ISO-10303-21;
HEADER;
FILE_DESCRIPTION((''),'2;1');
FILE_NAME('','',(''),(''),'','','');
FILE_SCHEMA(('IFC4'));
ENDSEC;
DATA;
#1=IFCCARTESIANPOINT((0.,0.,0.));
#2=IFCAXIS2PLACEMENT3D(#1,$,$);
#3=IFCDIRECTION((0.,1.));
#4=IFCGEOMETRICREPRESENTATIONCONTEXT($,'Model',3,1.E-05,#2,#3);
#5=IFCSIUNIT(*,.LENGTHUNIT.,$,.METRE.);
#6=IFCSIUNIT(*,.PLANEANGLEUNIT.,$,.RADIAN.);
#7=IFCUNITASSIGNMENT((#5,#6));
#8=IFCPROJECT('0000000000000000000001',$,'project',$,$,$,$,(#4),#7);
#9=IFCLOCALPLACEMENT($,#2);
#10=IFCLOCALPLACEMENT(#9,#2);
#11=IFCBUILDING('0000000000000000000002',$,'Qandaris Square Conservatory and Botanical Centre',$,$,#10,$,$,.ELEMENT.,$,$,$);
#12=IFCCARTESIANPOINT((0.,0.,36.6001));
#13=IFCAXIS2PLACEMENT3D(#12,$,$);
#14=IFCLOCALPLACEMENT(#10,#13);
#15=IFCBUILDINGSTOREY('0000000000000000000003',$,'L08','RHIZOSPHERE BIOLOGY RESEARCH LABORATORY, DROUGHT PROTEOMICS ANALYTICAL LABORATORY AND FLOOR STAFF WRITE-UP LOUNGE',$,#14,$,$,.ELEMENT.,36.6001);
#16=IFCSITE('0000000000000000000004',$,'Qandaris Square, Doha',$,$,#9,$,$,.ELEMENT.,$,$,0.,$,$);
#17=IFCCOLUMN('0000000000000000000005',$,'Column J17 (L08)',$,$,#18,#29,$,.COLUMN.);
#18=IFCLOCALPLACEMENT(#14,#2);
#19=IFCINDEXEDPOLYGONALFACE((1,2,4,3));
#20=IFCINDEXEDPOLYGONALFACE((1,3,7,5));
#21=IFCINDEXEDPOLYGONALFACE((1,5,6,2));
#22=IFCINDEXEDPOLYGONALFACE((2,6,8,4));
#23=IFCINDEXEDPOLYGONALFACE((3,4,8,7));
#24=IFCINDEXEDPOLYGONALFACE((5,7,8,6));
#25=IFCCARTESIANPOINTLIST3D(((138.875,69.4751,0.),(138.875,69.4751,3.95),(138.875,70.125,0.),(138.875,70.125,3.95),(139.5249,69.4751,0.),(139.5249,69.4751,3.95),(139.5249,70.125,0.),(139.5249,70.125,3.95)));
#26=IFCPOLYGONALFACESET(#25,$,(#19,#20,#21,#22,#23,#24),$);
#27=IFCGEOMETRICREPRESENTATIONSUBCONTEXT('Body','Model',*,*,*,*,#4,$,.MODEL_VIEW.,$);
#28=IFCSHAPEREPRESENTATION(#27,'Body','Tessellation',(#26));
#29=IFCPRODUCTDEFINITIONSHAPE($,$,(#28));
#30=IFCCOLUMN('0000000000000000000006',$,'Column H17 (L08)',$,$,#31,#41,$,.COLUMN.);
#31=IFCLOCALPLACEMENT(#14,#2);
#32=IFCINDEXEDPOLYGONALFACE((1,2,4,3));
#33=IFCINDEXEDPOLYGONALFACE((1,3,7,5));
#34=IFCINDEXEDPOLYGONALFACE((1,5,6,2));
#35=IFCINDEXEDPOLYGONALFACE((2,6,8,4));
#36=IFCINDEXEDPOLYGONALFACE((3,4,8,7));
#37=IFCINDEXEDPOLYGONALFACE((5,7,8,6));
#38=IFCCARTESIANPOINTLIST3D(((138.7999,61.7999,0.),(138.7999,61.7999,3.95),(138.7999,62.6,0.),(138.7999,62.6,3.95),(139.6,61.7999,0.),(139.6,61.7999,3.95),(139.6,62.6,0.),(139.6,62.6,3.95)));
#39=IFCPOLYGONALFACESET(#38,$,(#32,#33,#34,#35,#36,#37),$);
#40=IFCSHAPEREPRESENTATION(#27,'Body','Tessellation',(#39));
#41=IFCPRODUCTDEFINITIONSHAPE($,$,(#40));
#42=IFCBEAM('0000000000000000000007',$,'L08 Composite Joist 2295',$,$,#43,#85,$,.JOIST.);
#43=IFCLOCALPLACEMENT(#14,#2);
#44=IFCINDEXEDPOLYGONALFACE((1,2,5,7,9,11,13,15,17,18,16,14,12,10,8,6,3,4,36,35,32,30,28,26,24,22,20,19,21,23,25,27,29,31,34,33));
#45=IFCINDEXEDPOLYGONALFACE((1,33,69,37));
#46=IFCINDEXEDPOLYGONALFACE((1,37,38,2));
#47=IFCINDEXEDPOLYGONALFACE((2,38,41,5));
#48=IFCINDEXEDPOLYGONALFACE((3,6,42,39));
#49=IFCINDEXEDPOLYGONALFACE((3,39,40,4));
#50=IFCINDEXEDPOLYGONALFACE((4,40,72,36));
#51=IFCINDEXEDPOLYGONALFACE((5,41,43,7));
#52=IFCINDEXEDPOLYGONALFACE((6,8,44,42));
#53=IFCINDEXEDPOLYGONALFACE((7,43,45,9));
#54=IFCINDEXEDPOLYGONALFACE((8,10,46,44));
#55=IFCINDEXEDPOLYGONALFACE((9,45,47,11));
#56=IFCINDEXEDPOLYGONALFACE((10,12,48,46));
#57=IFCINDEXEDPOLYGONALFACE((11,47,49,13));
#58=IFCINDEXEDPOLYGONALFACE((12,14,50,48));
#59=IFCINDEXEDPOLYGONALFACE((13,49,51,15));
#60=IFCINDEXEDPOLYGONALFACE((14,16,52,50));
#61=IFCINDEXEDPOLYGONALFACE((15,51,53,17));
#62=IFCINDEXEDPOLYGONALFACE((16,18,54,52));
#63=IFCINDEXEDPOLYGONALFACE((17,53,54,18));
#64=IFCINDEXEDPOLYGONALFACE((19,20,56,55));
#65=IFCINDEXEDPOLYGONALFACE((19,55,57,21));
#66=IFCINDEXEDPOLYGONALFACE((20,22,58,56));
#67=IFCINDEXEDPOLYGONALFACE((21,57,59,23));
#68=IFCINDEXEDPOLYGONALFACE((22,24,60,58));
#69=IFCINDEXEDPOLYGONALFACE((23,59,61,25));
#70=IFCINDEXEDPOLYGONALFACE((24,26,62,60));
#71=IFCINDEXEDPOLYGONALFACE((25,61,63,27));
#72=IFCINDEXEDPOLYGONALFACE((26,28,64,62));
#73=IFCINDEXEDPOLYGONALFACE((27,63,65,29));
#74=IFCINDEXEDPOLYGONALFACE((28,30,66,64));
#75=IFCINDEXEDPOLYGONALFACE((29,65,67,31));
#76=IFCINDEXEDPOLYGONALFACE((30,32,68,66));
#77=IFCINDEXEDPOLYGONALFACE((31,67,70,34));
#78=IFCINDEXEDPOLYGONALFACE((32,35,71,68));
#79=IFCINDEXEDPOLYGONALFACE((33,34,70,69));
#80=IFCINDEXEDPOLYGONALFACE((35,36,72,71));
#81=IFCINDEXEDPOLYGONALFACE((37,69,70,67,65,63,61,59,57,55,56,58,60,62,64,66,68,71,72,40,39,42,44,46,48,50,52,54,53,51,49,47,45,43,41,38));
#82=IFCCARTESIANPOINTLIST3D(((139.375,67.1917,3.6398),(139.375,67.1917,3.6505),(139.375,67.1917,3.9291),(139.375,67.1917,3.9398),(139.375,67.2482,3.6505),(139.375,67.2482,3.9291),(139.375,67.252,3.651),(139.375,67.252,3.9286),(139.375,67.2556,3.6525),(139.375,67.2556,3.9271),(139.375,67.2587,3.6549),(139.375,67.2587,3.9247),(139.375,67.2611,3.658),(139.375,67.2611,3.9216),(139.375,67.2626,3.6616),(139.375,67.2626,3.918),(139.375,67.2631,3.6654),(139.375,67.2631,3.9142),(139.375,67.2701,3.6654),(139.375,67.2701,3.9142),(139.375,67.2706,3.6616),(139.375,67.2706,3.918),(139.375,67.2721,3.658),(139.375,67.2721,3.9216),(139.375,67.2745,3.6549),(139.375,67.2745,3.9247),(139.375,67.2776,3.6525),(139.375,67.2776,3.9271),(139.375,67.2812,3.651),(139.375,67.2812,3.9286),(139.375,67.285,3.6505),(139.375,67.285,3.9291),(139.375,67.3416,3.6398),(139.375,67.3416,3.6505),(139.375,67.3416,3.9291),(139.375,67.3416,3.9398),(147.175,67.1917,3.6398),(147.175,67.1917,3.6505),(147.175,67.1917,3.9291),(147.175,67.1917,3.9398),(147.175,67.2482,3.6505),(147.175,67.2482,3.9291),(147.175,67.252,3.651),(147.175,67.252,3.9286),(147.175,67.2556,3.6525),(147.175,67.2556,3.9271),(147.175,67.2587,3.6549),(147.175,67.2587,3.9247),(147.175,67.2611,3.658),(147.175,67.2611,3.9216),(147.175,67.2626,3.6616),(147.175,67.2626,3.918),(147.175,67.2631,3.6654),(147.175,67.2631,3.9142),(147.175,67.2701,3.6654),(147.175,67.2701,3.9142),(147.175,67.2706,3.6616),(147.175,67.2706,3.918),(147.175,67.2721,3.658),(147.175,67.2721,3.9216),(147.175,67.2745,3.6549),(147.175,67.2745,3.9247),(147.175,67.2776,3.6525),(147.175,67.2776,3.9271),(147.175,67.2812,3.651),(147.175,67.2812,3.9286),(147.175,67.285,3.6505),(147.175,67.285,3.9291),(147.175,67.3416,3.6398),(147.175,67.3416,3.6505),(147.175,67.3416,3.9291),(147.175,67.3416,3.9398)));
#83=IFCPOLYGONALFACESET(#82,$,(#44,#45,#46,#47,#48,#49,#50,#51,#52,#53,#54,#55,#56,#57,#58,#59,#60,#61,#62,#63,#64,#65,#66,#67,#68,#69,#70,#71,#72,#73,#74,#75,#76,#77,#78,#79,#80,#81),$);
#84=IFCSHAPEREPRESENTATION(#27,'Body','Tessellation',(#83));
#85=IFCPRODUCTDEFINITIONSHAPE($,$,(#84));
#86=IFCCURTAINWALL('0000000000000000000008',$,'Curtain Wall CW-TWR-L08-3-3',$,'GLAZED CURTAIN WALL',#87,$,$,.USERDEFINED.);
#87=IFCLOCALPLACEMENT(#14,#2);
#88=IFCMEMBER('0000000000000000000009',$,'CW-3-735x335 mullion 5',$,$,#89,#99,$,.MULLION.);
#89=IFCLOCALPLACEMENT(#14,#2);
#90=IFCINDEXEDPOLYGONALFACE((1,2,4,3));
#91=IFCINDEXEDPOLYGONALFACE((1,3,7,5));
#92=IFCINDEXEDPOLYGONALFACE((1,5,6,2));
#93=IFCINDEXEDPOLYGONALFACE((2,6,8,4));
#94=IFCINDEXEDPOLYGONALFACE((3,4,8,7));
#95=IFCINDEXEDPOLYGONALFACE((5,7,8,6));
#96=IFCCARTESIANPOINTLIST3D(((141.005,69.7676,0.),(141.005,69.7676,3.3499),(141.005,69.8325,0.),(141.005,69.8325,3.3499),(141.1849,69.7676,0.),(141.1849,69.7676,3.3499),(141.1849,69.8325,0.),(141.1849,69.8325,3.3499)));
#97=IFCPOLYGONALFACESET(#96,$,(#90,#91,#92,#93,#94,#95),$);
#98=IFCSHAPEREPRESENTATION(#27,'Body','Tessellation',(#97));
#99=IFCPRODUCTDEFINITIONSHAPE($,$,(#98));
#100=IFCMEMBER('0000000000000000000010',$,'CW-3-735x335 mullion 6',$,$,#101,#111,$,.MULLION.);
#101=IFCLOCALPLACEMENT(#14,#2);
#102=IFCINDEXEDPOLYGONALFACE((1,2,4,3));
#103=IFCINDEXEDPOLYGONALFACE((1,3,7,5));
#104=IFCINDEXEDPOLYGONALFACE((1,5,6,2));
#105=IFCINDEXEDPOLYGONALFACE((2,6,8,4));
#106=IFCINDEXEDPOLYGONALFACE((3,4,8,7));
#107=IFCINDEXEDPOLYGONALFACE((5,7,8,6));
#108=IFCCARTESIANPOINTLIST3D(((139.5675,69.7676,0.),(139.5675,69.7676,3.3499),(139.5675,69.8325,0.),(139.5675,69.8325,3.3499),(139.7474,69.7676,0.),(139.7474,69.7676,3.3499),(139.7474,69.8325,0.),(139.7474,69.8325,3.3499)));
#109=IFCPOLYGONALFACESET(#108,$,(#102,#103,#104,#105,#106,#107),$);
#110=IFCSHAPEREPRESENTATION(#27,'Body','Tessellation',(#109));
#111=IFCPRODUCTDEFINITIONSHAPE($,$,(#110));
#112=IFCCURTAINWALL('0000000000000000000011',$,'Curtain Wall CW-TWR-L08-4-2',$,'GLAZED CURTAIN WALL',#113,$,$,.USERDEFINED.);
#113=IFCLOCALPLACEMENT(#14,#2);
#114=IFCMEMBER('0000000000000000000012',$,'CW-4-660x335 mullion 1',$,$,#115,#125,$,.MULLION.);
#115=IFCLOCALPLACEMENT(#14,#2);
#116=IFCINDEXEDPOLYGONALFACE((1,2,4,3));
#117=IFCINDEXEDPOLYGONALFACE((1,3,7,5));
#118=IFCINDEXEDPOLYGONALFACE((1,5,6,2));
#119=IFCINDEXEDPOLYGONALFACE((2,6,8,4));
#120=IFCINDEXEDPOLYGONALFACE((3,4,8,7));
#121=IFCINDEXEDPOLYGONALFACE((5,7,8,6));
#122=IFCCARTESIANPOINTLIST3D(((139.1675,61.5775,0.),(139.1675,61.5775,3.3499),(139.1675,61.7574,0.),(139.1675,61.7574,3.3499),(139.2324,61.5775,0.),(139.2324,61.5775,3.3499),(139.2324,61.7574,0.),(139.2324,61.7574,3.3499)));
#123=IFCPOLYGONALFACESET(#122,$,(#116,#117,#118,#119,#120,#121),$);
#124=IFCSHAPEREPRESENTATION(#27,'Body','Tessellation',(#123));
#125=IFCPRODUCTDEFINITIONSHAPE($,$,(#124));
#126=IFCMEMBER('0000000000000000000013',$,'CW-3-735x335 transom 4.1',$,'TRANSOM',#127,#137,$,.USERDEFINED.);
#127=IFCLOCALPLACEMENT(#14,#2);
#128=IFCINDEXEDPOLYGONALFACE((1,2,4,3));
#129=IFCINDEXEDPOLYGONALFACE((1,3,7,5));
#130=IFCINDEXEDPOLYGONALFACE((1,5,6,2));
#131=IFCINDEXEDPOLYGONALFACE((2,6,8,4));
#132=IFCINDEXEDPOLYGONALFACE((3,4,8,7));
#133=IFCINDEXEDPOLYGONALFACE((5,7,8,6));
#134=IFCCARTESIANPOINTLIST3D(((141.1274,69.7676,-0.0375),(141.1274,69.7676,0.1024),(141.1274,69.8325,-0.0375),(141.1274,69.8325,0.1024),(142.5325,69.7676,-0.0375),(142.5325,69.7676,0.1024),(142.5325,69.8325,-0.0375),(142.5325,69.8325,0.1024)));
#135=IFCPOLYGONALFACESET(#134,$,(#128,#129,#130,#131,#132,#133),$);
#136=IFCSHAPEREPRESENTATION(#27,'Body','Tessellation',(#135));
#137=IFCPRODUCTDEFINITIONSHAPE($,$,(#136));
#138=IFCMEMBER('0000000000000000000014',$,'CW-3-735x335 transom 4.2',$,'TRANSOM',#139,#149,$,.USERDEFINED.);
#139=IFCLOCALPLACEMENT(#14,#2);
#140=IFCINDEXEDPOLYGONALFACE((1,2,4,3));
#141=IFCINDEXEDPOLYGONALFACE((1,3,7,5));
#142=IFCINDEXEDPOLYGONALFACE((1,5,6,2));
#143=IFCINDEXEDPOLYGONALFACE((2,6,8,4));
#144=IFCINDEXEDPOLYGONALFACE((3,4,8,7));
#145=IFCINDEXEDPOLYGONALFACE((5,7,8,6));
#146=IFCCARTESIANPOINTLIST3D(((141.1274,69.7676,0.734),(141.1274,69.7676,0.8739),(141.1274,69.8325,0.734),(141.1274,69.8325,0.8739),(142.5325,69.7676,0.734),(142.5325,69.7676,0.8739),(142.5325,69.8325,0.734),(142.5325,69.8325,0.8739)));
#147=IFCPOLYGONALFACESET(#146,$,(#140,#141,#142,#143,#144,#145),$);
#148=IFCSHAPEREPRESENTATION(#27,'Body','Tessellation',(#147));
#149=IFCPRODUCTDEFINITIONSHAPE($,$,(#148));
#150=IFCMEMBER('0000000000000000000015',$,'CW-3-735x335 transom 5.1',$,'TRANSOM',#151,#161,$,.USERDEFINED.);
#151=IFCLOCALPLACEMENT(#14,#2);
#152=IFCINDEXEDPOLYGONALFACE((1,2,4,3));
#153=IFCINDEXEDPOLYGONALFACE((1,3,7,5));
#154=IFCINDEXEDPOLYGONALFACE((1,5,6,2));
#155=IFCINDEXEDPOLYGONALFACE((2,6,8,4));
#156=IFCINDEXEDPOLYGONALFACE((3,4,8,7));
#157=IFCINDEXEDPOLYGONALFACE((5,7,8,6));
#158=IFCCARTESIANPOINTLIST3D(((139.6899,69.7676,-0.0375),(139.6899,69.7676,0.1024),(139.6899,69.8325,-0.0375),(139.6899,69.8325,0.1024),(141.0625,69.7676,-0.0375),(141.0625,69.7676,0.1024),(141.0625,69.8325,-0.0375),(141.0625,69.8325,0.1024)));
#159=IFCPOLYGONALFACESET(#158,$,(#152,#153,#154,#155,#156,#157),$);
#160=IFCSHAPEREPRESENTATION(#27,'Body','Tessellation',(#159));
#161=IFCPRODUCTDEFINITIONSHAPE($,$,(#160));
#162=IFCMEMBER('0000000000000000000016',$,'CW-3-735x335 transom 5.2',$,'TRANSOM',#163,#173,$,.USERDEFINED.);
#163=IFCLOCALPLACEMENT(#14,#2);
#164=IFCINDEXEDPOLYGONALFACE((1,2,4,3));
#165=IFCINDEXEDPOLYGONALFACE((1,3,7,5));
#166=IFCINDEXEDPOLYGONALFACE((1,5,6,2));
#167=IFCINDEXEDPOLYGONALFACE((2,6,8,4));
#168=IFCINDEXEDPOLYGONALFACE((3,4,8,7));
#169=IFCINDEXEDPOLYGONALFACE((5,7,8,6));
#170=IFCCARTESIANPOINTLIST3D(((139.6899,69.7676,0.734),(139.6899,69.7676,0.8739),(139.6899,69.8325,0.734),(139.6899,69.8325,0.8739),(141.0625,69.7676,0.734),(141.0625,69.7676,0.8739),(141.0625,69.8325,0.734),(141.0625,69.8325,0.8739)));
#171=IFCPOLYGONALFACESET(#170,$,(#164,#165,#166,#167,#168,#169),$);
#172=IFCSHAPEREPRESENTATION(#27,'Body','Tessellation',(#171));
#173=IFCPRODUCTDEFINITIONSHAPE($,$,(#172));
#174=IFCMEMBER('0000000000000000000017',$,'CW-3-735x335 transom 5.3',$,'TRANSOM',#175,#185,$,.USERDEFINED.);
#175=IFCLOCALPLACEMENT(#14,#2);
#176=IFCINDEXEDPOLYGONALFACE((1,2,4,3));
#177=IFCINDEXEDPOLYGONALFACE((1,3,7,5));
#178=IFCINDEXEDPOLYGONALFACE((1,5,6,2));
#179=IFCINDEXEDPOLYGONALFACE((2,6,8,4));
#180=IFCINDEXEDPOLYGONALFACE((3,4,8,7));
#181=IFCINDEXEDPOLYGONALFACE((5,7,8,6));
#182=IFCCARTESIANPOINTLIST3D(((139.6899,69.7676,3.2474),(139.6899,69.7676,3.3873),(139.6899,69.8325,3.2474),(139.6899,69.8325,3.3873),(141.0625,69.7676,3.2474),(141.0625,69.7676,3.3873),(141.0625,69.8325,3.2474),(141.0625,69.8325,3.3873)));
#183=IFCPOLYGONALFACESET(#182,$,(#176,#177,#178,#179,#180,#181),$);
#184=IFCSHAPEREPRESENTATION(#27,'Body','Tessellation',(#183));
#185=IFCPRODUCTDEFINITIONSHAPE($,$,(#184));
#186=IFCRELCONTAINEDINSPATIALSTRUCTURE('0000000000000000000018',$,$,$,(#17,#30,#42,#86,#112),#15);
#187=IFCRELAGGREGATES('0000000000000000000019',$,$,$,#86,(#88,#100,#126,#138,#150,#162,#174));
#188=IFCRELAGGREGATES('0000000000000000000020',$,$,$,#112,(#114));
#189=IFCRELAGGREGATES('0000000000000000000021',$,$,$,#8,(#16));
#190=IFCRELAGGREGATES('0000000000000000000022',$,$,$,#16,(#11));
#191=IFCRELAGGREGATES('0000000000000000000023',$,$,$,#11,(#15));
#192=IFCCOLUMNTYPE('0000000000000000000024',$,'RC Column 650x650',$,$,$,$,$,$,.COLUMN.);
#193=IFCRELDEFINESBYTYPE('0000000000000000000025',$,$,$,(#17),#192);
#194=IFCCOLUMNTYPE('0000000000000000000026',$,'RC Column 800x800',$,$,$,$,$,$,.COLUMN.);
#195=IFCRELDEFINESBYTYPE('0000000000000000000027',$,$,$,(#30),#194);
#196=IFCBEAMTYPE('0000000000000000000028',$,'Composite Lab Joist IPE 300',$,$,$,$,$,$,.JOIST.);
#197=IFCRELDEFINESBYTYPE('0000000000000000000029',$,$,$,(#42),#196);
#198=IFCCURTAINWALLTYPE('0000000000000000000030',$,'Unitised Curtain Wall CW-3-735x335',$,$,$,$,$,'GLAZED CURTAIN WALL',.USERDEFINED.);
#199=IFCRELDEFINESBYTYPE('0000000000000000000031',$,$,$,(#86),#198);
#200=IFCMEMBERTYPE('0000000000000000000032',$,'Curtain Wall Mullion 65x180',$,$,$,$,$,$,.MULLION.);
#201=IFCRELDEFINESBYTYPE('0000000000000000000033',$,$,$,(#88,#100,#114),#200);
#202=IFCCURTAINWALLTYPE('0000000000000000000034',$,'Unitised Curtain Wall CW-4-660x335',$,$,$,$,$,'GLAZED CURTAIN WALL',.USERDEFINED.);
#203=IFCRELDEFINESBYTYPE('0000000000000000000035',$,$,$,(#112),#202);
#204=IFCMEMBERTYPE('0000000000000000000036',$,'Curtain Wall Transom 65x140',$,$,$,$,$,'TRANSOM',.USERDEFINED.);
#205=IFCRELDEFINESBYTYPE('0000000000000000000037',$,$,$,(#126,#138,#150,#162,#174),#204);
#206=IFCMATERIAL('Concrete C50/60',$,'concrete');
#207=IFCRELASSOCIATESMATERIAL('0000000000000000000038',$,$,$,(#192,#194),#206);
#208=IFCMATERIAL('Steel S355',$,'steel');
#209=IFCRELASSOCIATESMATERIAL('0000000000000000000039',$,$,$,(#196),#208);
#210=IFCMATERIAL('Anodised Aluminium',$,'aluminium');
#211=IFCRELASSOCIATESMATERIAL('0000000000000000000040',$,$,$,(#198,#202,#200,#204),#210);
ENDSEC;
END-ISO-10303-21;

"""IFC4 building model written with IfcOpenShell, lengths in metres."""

from ifc_helpers import new_model, si_unit, direction, frame, origin, origin_2d, place, context, subcontext, project, spatial, rectangle, i_section, extrude, material, material_profile, profile_set, type_object, element, aggregate, save


model = new_model("IFC4")

# Units and contexts
model_context = context("Model", 3, precision=1e-05, world=origin(), true_north=direction((0.0, 1.0)))
body_context = subcontext(model_context, "Body", "Model", "MODEL_VIEW")
ifc_project = project(units=[si_unit("LENGTHUNIT", "METRE"), si_unit("PLANEANGLEUNIT", "RADIAN")], contexts=[model_context])

# Site, building, storey
site_placement = place(None, origin())
site = spatial("IfcSite", under=ifc_project, at=site_placement, Name="Qandaris Square, Doha", CompositionType="ELEMENT", RefElevation=0.0)
building_placement = place(site_placement, origin())
building = spatial("IfcBuilding", under=site, at=building_placement, Name="Qandaris Square Conservatory and Botanical Centre", CompositionType="ELEMENT")
storey_placement = place(building_placement, frame((0.0, 0.0, 36.6001)))
storey = spatial("IfcBuildingStorey", under=building, at=storey_placement, Name="L08", Description="RHIZOSPHERE BIOLOGY RESEARCH LABORATORY, DROUGHT PROTEOMICS ANALYTICAL LABORATORY AND FLOOR STAFF WRITE-UP LOUNGE", CompositionType="ELEMENT", Elevation=36.6001)

# Columns
ifc_material_1 = material(Name="Concrete C50/60", Category="concrete")
ifc_material_profile_1 = material_profile(ifc_material_1, rectangle(XDim=0.6499, YDim=0.6499, at=origin_2d()), Name="RC-COL 650x650")
ifc_profile_set_1 = profile_set([ifc_material_profile_1], Name="Concrete C50/60")
column_type_1 = type_object("IfcColumnType", Name="RC Column 650x650", PredefinedType="COLUMN", material=ifc_profile_set_1)
column_1_placement = place(storey_placement, frame((139.2, 69.8, 0.0), z_axis=(0.0, 0.0, 1.0), x_axis=(1.0, 0.0, 0.0)))
element("IfcColumn", 1, at=column_1_placement, inside=storey, type_object=column_type_1, Name="Column J17 (L08)", PredefinedType="COLUMN", context=body_context, shape_type="SweptSolid", body=[
    extrude(rectangle(XDim=0.6499, YDim=0.6499, at=origin_2d()), origin(), (0.0, 0.0, 1.0), 3.95),
])
ifc_material_profile_2 = material_profile(ifc_material_1, rectangle(XDim=0.8, YDim=0.8, at=origin_2d()), Name="RC-COL 800x800")
ifc_profile_set_2 = profile_set([ifc_material_profile_2], Name="Concrete C50/60")
column_type_2 = type_object("IfcColumnType", Name="RC Column 800x800", PredefinedType="COLUMN", material=ifc_profile_set_2)
column_2_placement = place(storey_placement, frame((139.2, 62.2, 0.0), z_axis=(0.0, 0.0, 1.0), x_axis=(1.0, 0.0, 0.0)))
element("IfcColumn", 2, at=column_2_placement, inside=storey, type_object=column_type_2, Name="Column H17 (L08)", PredefinedType="COLUMN", context=body_context, shape_type="SweptSolid", body=[
    extrude(rectangle(XDim=0.8, YDim=0.8, at=origin_2d()), origin(), (0.0, 0.0, 1.0), 3.95),
])

# Beam
ifc_material_2 = material(Name="Steel S355", Category="steel")
ifc_material_profile_3 = material_profile(ifc_material_2, i_section(OverallWidth=0.1499, OverallDepth=0.3, WebThickness=0.0071, FlangeThickness=0.0107, FilletRadius=0.0149, at=origin_2d()), Name="IPE 300")
ifc_profile_set_3 = profile_set([ifc_material_profile_3], Name="Steel S355")
beam_type_1 = type_object("IfcBeamType", Name="Composite Lab Joist IPE 300", PredefinedType="JOIST", material=ifc_profile_set_3)
beam_1_placement = place(storey_placement, frame((139.375, 67.2666, 3.7898), z_axis=(1.0, 0.0, 0.0), x_axis=(0.0, 1.0, 0.0)))
element("IfcBeam", 3, at=beam_1_placement, inside=storey, type_object=beam_type_1, Name="L08 Composite Joist 2295", PredefinedType="JOIST", context=body_context, shape_type="SweptSolid", body=[
    extrude(i_section(OverallWidth=0.1499, OverallDepth=0.3, WebThickness=0.0071, FlangeThickness=0.0107, FilletRadius=0.0149, at=origin_2d()), origin(), (0.0, 0.0, 1.0), 7.8),
])

# Curtain wall, members
ifc_material_3 = material(Name="Anodised Aluminium", Category="aluminium")
curtain_wall_type_1 = type_object("IfcCurtainWallType", Name="Unitised Curtain Wall CW-3-735x335", ElementType="GLAZED CURTAIN WALL", PredefinedType="USERDEFINED", material=ifc_material_3)
curtain_wall_1_placement = place(storey_placement, origin())
curtain_wall_1 = element("IfcCurtainWall", 4, at=curtain_wall_1_placement, inside=storey, type_object=curtain_wall_type_1, Name="Curtain Wall CW-TWR-L08-3-3", ObjectType="GLAZED CURTAIN WALL", PredefinedType="USERDEFINED")
ifc_material_profile_4 = material_profile(ifc_material_3, rectangle(XDim=0.0649, YDim=0.1799, at=origin_2d()), Name="ALU-MUL 65x180")
ifc_profile_set_4 = profile_set([ifc_material_profile_4], Name="Anodised Aluminium")
member_type_1 = type_object("IfcMemberType", Name="Curtain Wall Mullion 65x180", PredefinedType="MULLION", material=ifc_profile_set_4)
member_1_placement = place(storey_placement, frame((141.095, 69.8, 0.0), z_axis=(0.0, 0.0, 1.0), x_axis=(0.0, -1.0, 0.0)))
member_1 = element("IfcMember", 5, at=member_1_placement, type_object=member_type_1, Name="CW-3-735x335 mullion 5", PredefinedType="MULLION", context=body_context, shape_type="SweptSolid", body=[
    extrude(rectangle(XDim=0.0649, YDim=0.1799, at=origin_2d()), origin(), (0.0, 0.0, 1.0), 3.3499),
])
member_2_placement = place(storey_placement, frame((139.6575, 69.8, 0.0), z_axis=(0.0, 0.0, 1.0), x_axis=(0.0, -1.0, 0.0)))
member_2 = element("IfcMember", 6, at=member_2_placement, type_object=member_type_1, Name="CW-3-735x335 mullion 6", PredefinedType="MULLION", context=body_context, shape_type="SweptSolid", body=[
    extrude(rectangle(XDim=0.0649, YDim=0.1799, at=origin_2d()), origin(), (0.0, 0.0, 1.0), 3.3499),
])

# Curtain wall, member
curtain_wall_type_2 = type_object("IfcCurtainWallType", Name="Unitised Curtain Wall CW-4-660x335", ElementType="GLAZED CURTAIN WALL", PredefinedType="USERDEFINED", material=ifc_material_3)
curtain_wall_2_placement = place(storey_placement, origin())
curtain_wall_2 = element("IfcCurtainWall", 7, at=curtain_wall_2_placement, inside=storey, type_object=curtain_wall_type_2, Name="Curtain Wall CW-TWR-L08-4-2", ObjectType="GLAZED CURTAIN WALL", PredefinedType="USERDEFINED")
member_3_placement = place(storey_placement, frame((139.2, 61.6675, 0.0), z_axis=(0.0, 0.0, 1.0), x_axis=(1.0, 0.0, 0.0)))
member_3 = element("IfcMember", 8, at=member_3_placement, type_object=member_type_1, Name="CW-4-660x335 mullion 1", PredefinedType="MULLION", context=body_context, shape_type="SweptSolid", body=[
    extrude(rectangle(XDim=0.0649, YDim=0.1799, at=origin_2d()), origin(), (0.0, 0.0, 1.0), 3.3499),
])

# Members
ifc_material_profile_5 = material_profile(ifc_material_3, rectangle(XDim=0.0649, YDim=0.1399, at=origin_2d()), Name="ALU-TRN 65x140")
ifc_profile_set_5 = profile_set([ifc_material_profile_5], Name="Anodised Aluminium")
member_type_2 = type_object("IfcMemberType", Name="Curtain Wall Transom 65x140", ElementType="TRANSOM", PredefinedType="USERDEFINED", material=ifc_profile_set_5)
member_4_placement = place(storey_placement, frame((142.5325, 69.8, 0.0325), z_axis=(-1.0, 0.0, 0.0), x_axis=(0.0, -1.0, 0.0)))
member_4 = element("IfcMember", 9, at=member_4_placement, type_object=member_type_2, Name="CW-3-735x335 transom 4.1", ObjectType="TRANSOM", PredefinedType="USERDEFINED", context=body_context, shape_type="SweptSolid", body=[
    extrude(rectangle(XDim=0.0649, YDim=0.1399, at=origin_2d()), origin(), (0.0, 0.0, 1.0), 1.405),
])
member_5_placement = place(storey_placement, frame((142.5325, 69.8, 0.804), z_axis=(-1.0, 0.0, 0.0), x_axis=(0.0, -1.0, 0.0)))
member_5 = element("IfcMember", 10, at=member_5_placement, type_object=member_type_2, Name="CW-3-735x335 transom 4.2", ObjectType="TRANSOM", PredefinedType="USERDEFINED", context=body_context, shape_type="SweptSolid", body=[
    extrude(rectangle(XDim=0.0649, YDim=0.1399, at=origin_2d()), origin(), (0.0, 0.0, 1.0), 1.405),
])
member_6_placement = place(storey_placement, frame((141.0625, 69.8, 0.0325), z_axis=(-1.0, 0.0, 0.0), x_axis=(0.0, -1.0, 0.0)))
member_6 = element("IfcMember", 11, at=member_6_placement, type_object=member_type_2, Name="CW-3-735x335 transom 5.1", ObjectType="TRANSOM", PredefinedType="USERDEFINED", context=body_context, shape_type="SweptSolid", body=[
    extrude(rectangle(XDim=0.0649, YDim=0.1399, at=origin_2d()), origin(), (0.0, 0.0, 1.0), 1.3726),
])
member_7_placement = place(storey_placement, frame((141.0625, 69.8, 0.804), z_axis=(-1.0, 0.0, 0.0), x_axis=(0.0, -1.0, 0.0)))
member_7 = element("IfcMember", 12, at=member_7_placement, type_object=member_type_2, Name="CW-3-735x335 transom 5.2", ObjectType="TRANSOM", PredefinedType="USERDEFINED", context=body_context, shape_type="SweptSolid", body=[
    extrude(rectangle(XDim=0.0649, YDim=0.1399, at=origin_2d()), origin(), (0.0, 0.0, 1.0), 1.3726),
])
member_8_placement = place(storey_placement, frame((141.0625, 69.8, 3.3174), z_axis=(-1.0, 0.0, 0.0), x_axis=(0.0, -1.0, 0.0)))
member_8 = element("IfcMember", 13, at=member_8_placement, type_object=member_type_2, Name="CW-3-735x335 transom 5.3", ObjectType="TRANSOM", PredefinedType="USERDEFINED", context=body_context, shape_type="SweptSolid", body=[
    extrude(rectangle(XDim=0.0649, YDim=0.1399, at=origin_2d()), origin(), (0.0, 0.0, 1.0), 1.3726),
])

aggregate(curtain_wall_1, [member_1, member_2, member_4, member_5, member_6, member_7, member_8])
aggregate(curtain_wall_2, [member_3])

save(model, "model.ifc")
